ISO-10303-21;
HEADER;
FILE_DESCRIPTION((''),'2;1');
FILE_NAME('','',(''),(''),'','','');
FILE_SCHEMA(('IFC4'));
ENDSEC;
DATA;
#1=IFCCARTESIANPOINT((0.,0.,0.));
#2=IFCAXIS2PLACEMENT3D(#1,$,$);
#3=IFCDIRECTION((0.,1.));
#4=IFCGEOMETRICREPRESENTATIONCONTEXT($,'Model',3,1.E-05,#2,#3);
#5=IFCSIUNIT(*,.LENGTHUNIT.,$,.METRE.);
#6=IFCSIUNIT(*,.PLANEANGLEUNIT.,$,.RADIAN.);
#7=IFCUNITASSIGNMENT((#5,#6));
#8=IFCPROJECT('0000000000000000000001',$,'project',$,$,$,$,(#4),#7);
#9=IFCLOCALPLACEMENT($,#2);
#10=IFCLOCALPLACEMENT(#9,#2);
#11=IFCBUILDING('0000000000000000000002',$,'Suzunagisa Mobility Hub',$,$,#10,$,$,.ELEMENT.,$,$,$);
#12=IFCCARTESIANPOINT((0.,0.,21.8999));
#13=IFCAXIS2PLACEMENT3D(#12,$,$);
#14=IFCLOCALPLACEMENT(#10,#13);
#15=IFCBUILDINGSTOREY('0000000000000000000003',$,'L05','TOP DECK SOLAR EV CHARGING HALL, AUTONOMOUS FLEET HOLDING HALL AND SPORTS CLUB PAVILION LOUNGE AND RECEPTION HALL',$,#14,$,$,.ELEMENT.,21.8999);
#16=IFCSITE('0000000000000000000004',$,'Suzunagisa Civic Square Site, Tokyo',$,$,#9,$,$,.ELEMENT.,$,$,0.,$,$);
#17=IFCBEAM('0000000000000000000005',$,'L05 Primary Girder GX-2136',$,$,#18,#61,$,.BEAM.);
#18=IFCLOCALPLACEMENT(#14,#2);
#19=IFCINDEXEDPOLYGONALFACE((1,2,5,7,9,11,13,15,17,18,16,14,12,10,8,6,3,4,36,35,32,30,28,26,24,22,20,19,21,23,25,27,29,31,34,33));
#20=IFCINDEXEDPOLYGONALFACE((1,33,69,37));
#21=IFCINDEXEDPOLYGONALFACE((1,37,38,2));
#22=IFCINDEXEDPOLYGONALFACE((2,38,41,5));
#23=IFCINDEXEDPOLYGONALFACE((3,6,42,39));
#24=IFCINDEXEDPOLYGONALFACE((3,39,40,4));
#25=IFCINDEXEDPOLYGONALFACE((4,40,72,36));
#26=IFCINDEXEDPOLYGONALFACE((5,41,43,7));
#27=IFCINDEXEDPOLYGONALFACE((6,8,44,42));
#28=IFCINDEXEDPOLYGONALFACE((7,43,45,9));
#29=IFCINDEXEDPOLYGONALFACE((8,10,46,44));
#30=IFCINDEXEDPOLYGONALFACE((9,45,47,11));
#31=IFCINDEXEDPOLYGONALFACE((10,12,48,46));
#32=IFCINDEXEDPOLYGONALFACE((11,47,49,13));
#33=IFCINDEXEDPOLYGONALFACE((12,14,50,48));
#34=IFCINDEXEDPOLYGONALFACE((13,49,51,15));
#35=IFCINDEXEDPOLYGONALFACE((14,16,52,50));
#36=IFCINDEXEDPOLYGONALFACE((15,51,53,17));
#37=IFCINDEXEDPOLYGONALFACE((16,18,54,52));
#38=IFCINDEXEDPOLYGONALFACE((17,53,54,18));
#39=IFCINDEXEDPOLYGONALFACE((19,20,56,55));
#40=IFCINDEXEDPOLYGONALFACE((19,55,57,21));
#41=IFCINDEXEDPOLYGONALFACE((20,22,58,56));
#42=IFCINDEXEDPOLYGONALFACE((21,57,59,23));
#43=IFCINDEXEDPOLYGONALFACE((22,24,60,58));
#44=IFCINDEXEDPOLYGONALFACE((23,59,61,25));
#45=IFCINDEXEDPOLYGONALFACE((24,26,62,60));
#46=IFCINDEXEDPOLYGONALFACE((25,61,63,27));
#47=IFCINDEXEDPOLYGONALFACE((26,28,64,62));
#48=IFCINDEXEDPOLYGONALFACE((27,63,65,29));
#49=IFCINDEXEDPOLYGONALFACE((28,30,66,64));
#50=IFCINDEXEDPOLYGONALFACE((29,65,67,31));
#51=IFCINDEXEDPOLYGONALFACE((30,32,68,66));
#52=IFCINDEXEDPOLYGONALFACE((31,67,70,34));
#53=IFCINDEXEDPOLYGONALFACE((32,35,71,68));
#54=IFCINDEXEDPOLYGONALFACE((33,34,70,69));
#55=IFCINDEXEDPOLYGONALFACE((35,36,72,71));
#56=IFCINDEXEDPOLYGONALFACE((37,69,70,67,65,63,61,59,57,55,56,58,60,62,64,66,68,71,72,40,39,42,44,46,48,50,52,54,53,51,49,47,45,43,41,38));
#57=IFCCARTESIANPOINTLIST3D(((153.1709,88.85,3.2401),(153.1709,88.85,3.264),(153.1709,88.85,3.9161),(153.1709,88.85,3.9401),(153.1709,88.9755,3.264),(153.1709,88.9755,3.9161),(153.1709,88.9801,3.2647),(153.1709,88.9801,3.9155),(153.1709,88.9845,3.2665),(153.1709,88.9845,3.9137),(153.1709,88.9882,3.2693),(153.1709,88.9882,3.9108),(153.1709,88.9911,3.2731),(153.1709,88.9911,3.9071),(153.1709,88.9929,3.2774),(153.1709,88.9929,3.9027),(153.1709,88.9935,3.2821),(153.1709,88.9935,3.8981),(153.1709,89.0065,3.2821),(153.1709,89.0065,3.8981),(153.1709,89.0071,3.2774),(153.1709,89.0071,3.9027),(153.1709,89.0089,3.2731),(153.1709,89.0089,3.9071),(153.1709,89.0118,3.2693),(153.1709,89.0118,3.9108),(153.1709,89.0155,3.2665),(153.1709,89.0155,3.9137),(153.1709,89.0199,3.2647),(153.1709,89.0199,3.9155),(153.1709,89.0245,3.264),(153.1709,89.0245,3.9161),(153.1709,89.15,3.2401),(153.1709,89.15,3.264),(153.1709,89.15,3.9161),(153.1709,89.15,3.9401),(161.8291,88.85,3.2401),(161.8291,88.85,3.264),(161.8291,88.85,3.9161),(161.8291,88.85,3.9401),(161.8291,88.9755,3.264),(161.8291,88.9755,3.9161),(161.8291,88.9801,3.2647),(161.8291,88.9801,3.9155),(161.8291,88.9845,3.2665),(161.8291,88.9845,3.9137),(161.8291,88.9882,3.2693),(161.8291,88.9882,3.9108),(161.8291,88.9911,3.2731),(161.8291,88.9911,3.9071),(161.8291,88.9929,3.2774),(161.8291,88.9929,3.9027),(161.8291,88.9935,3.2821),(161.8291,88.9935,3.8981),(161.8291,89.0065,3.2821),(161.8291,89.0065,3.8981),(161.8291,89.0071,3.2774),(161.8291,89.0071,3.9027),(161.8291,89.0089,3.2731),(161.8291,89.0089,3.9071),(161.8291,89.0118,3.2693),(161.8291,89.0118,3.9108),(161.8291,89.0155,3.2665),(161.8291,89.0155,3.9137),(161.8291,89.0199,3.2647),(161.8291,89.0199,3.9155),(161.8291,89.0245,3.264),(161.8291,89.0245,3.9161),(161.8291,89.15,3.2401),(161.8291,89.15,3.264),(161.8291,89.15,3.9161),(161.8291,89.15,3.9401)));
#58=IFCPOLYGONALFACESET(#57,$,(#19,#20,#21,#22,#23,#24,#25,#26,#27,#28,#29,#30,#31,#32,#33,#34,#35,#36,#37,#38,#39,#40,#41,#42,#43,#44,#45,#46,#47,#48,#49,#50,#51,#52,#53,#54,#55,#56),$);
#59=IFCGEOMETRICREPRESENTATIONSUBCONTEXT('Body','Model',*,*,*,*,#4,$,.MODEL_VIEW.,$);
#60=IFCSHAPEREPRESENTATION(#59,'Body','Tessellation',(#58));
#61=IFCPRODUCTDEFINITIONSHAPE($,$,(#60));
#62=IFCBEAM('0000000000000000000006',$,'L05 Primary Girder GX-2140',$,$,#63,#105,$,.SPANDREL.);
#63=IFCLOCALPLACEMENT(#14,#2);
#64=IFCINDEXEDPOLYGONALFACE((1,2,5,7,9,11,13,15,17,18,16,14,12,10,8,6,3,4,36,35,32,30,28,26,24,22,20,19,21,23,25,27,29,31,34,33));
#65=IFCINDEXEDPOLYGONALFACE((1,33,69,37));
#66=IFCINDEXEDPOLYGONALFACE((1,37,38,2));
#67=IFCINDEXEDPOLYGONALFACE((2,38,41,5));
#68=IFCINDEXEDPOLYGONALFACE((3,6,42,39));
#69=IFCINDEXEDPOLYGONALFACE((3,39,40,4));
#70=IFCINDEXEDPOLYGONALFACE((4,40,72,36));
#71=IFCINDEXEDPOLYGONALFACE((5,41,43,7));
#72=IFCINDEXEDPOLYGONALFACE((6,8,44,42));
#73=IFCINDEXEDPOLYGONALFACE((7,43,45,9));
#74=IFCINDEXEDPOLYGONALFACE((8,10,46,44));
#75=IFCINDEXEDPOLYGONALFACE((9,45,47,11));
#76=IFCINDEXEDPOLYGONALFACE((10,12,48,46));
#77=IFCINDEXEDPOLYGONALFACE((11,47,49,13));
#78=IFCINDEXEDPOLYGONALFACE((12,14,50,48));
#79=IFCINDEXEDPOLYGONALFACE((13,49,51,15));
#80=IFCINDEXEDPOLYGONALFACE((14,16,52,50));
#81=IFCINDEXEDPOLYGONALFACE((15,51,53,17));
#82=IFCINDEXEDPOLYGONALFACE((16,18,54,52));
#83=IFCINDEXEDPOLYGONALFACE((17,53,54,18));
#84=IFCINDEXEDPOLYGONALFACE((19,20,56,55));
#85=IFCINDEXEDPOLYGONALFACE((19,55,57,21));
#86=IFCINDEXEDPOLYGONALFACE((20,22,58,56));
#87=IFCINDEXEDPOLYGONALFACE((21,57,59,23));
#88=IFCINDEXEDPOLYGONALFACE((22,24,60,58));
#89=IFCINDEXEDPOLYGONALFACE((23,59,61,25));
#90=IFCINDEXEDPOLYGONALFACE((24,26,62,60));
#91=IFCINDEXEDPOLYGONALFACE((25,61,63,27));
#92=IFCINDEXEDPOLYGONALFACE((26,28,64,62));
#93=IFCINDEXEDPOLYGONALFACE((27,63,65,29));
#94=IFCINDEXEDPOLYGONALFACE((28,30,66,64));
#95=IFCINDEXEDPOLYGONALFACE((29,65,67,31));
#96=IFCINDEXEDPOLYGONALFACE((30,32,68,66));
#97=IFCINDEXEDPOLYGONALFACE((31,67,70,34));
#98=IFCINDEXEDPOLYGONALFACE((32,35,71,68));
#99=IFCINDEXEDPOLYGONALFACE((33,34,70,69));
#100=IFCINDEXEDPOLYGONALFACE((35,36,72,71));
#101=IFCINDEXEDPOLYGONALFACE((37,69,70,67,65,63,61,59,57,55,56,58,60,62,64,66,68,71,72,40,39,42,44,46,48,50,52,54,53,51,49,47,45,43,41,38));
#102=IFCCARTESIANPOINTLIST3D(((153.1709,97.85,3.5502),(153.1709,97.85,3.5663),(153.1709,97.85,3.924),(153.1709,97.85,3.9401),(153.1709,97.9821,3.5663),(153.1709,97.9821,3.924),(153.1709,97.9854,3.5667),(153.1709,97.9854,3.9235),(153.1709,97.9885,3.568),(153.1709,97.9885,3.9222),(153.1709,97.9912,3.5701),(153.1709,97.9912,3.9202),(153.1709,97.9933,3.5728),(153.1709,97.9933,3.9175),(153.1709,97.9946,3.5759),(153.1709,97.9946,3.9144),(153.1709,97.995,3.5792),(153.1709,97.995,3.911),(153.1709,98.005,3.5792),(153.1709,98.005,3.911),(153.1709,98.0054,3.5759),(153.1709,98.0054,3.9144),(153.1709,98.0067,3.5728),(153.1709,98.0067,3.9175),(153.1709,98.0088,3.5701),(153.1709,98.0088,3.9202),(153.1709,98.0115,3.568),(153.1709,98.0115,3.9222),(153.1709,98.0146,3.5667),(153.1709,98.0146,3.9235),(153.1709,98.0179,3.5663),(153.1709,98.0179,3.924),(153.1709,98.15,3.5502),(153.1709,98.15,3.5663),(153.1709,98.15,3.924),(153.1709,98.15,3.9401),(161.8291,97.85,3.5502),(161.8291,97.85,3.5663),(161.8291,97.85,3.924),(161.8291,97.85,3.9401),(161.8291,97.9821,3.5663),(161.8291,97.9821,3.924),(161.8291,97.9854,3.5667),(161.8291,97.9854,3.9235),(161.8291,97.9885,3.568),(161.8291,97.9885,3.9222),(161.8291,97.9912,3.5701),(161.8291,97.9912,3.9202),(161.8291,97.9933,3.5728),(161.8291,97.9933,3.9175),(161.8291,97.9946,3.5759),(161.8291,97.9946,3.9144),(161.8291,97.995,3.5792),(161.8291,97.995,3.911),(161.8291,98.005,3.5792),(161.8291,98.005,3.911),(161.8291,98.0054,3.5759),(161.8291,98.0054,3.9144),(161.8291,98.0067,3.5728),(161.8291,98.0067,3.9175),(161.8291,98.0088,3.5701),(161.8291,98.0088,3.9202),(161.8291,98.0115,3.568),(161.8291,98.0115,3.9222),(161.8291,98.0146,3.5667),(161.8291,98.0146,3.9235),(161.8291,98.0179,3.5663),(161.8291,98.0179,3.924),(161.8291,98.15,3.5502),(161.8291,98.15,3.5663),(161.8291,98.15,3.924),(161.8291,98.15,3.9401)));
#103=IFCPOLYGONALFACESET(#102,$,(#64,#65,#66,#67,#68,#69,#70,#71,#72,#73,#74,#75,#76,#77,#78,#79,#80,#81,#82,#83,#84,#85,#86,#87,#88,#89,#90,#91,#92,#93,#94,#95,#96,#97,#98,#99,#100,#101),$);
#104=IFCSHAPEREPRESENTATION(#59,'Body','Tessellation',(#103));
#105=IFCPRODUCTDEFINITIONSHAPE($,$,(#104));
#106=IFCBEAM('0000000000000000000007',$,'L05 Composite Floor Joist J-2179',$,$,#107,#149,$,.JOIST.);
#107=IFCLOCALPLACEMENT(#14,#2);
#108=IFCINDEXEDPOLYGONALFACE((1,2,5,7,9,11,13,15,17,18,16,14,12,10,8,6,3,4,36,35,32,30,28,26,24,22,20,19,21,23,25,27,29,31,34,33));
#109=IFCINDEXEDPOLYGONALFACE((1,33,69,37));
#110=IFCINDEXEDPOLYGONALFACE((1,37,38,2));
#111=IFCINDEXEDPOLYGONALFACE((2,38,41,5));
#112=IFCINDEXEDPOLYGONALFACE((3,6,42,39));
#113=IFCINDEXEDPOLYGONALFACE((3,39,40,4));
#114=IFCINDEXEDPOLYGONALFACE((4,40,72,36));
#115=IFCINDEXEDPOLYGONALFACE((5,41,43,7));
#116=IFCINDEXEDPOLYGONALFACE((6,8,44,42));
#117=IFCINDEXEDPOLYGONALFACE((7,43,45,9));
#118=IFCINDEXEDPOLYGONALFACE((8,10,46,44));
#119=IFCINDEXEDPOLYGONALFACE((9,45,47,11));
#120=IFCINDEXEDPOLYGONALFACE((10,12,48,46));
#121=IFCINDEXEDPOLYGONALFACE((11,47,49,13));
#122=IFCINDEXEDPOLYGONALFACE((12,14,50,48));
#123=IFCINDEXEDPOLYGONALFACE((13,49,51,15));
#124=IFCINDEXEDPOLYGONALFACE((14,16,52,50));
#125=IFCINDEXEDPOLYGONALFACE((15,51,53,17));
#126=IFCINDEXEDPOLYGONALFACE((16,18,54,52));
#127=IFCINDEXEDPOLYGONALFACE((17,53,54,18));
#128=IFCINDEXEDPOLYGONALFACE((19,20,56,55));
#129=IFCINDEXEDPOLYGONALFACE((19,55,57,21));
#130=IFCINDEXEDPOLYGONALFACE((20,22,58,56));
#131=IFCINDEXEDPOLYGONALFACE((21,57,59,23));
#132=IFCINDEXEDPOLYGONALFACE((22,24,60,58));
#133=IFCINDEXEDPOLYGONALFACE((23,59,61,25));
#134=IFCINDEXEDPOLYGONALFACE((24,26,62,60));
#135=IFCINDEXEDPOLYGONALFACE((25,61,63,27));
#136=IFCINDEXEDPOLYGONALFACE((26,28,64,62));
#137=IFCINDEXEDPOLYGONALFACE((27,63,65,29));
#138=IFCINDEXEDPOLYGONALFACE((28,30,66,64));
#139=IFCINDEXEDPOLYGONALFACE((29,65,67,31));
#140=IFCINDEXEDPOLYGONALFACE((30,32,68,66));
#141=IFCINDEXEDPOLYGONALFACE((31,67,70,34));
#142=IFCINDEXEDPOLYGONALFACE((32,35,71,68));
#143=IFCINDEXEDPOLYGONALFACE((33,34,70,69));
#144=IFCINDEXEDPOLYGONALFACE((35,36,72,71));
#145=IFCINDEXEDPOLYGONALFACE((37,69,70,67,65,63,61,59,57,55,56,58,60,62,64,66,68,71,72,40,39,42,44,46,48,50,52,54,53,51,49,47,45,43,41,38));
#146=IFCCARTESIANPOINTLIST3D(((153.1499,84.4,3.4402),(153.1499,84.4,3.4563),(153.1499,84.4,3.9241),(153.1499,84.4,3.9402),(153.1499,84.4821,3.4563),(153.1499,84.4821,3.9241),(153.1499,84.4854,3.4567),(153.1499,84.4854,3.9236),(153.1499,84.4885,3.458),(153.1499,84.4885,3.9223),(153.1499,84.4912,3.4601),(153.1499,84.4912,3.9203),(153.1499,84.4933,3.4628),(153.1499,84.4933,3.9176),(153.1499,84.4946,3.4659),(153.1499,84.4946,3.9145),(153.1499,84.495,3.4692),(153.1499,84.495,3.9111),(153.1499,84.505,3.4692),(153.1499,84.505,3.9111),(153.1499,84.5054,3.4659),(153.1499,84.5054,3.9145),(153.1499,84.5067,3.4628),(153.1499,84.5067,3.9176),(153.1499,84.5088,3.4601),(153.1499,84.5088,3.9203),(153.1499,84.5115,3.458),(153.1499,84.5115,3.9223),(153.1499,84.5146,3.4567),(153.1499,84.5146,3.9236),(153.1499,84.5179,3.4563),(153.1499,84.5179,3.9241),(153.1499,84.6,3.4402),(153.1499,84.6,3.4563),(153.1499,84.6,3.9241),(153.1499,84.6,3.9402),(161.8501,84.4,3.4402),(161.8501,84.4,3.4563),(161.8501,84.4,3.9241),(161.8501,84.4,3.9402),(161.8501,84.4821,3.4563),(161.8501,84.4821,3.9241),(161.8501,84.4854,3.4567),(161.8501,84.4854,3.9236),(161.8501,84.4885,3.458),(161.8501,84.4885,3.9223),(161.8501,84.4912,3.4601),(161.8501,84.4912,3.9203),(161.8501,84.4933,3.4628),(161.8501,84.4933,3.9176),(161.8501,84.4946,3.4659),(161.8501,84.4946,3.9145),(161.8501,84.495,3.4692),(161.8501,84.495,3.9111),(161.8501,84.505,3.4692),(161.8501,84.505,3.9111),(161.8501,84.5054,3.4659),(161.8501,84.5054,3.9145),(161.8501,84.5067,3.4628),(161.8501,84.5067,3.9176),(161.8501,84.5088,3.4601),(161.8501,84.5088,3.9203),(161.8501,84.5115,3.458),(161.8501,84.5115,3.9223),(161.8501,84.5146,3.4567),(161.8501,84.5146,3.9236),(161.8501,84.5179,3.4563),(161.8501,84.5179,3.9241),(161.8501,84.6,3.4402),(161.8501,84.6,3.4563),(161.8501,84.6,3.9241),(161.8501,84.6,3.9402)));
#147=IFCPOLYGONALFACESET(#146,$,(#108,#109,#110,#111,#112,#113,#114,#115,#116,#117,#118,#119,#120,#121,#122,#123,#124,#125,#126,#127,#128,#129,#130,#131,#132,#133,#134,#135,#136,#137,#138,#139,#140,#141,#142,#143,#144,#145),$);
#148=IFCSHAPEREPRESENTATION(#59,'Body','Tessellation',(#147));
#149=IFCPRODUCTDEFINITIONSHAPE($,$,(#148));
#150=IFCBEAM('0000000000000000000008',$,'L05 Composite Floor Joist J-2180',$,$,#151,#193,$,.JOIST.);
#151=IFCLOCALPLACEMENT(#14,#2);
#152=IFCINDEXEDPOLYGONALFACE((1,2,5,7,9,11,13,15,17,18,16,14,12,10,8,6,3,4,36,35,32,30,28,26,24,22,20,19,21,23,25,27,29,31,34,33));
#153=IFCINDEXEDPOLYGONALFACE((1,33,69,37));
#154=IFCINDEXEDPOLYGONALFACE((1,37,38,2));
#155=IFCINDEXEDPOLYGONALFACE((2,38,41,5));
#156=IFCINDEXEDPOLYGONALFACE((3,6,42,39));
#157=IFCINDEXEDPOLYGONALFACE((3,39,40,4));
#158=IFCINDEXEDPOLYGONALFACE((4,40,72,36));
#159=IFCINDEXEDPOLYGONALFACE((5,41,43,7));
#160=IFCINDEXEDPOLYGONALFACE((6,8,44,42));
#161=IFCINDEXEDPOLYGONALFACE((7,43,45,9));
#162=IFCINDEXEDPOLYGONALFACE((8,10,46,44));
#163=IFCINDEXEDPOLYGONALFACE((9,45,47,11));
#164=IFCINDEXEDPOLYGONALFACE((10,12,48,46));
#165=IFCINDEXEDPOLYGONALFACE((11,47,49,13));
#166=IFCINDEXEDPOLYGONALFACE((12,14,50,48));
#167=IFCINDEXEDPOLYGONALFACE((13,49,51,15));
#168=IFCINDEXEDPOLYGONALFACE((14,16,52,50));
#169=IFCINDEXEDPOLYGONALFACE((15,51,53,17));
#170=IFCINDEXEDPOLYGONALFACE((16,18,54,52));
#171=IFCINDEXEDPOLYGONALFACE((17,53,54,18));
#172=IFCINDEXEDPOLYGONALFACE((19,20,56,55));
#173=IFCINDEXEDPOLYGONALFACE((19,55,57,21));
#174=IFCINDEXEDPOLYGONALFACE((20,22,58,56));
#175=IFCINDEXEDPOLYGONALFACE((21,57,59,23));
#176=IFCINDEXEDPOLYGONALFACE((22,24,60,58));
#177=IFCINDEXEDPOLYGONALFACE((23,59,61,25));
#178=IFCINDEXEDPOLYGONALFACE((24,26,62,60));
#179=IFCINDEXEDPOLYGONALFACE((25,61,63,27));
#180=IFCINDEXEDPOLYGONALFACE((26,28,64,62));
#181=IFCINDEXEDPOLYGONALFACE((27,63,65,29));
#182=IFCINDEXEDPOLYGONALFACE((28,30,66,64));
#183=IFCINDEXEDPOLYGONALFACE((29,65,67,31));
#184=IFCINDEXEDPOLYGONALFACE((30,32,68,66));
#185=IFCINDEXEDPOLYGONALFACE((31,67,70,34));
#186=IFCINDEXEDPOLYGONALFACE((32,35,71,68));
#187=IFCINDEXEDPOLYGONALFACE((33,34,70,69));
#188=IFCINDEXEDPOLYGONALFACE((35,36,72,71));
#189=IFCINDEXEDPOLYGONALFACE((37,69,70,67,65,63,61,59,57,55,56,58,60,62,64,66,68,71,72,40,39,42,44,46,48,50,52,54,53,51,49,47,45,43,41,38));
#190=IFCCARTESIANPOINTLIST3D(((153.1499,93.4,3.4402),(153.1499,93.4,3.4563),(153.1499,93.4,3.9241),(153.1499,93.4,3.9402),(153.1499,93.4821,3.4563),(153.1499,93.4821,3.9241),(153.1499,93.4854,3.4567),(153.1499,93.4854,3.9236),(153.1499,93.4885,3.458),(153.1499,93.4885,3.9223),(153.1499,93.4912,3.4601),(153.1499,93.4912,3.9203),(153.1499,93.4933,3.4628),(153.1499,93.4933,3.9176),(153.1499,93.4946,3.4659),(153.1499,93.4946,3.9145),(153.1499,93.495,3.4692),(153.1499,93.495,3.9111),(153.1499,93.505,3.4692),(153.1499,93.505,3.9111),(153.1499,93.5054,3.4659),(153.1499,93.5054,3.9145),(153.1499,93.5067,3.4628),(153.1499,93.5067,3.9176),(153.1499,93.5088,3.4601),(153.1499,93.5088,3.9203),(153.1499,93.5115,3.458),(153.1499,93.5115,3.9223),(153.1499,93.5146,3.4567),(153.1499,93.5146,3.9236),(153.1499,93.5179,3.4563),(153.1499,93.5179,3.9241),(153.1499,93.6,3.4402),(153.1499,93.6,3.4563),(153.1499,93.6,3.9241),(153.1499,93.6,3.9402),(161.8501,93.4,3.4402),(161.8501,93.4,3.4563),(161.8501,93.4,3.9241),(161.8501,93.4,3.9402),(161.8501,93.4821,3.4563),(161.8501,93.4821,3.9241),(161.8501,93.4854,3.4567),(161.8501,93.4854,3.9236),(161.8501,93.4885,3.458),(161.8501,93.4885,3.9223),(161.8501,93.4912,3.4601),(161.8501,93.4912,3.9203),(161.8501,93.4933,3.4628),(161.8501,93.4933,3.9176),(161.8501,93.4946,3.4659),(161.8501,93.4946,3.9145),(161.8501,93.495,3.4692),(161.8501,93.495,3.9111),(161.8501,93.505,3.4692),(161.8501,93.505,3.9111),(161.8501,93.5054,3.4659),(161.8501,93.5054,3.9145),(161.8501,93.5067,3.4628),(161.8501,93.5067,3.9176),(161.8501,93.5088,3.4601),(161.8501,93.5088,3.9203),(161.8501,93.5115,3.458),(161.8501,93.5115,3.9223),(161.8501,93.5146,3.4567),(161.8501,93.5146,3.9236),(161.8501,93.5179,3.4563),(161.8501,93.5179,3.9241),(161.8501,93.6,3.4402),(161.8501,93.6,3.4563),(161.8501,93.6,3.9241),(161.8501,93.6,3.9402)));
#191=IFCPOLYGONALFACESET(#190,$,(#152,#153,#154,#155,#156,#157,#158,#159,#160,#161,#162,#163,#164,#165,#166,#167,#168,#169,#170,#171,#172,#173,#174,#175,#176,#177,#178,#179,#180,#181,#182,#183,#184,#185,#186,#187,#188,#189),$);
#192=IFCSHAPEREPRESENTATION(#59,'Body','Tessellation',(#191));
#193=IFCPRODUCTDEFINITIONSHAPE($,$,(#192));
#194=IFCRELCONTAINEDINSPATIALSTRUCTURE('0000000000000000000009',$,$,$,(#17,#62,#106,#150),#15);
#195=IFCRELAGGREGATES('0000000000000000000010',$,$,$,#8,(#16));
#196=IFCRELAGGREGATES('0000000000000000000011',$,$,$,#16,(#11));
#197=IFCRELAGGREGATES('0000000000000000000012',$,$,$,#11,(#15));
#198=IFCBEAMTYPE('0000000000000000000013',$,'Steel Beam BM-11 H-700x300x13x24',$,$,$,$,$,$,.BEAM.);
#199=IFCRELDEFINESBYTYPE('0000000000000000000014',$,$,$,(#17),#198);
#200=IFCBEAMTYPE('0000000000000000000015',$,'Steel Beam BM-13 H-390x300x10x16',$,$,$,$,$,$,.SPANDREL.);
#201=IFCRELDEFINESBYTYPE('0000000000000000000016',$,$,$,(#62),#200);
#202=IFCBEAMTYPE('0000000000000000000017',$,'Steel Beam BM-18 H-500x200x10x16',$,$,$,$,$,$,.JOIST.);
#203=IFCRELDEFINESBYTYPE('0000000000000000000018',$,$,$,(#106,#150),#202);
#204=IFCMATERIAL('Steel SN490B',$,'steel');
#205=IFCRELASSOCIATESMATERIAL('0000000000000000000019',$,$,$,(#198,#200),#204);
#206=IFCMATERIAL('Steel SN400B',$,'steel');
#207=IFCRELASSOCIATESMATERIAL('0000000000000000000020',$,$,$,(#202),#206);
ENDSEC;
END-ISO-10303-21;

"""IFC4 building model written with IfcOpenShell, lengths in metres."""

from ifc_helpers import new_model, si_unit, direction, frame, origin, origin_2d, place, context, subcontext, project, spatial, i_section, extrude, material, material_profile, profile_set, type_object, element, save


model = new_model("IFC4")

# Units and contexts
model_context = context("Model", 3, precision=1e-05, world=origin(), true_north=direction((0.0, 1.0)))
body_context = subcontext(model_context, "Body", "Model", "MODEL_VIEW")
ifc_project = project(units=[si_unit("LENGTHUNIT", "METRE"), si_unit("PLANEANGLEUNIT", "RADIAN")], contexts=[model_context])

# Site, building, storey
site_placement = place(None, origin())
site = spatial("IfcSite", under=ifc_project, at=site_placement, Name="Suzunagisa Civic Square Site, Tokyo", CompositionType="ELEMENT", RefElevation=0.0)
building_placement = place(site_placement, origin())
building = spatial("IfcBuilding", under=site, at=building_placement, Name="Suzunagisa Mobility Hub", CompositionType="ELEMENT")
storey_placement = place(building_placement, frame((0.0, 0.0, 21.8999)))
storey = spatial("IfcBuildingStorey", under=building, at=storey_placement, Name="L05", Description="TOP DECK SOLAR EV CHARGING HALL, AUTONOMOUS FLEET HOLDING HALL AND SPORTS CLUB PAVILION LOUNGE AND RECEPTION HALL", CompositionType="ELEMENT", Elevation=21.8999)

# Shared definitions
ifc_material_1 = material(Name="Steel SN490B", Category="steel")

# Beams
ifc_material_profile_1 = material_profile(ifc_material_1, i_section(OverallWidth=0.3, OverallDepth=0.7, WebThickness=0.0129, FlangeThickness=0.0239, FilletRadius=0.0181, at=origin_2d()), Name="H-700x300x13x24")
ifc_profile_set_1 = profile_set([ifc_material_profile_1], Name="Steel SN490B")
beam_type_1 = type_object("IfcBeamType", Name="Steel Beam BM-11 H-700x300x13x24", PredefinedType="BEAM", material=ifc_profile_set_1)
beam_1_placement = place(storey_placement, frame((153.1709, 89.0, 3.5901), z_axis=(1.0, 0.0, 0.0), x_axis=(0.0, 1.0, 0.0)))
element("IfcBeam", 1, at=beam_1_placement, inside=storey, type_object=beam_type_1, Name="L05 Primary Girder GX-2136", PredefinedType="BEAM", context=body_context, shape_type="SweptSolid", body=[
    extrude(i_section(OverallWidth=0.3, OverallDepth=0.7, WebThickness=0.0129, FlangeThickness=0.0239, FilletRadius=0.0181, at=origin_2d()), origin(), (0.0, 0.0, 1.0), 8.6582),
])
ifc_material_profile_2 = material_profile(ifc_material_1, i_section(OverallWidth=0.3, OverallDepth=0.3899, WebThickness=0.01, FlangeThickness=0.0161, FilletRadius=0.0129, at=origin_2d()), Name="H-390x300x10x16")
ifc_profile_set_2 = profile_set([ifc_material_profile_2], Name="Steel SN490B")
beam_type_2 = type_object("IfcBeamType", Name="Steel Beam BM-13 H-390x300x10x16", PredefinedType="SPANDREL", material=ifc_profile_set_2)
beam_2_placement = place(storey_placement, frame((153.1709, 98.0, 3.7451), z_axis=(1.0, 0.0, 0.0), x_axis=(0.0, 1.0, 0.0)))
element("IfcBeam", 2, at=beam_2_placement, inside=storey, type_object=beam_type_2, Name="L05 Primary Girder GX-2140", PredefinedType="SPANDREL", context=body_context, shape_type="SweptSolid", body=[
    extrude(i_section(OverallWidth=0.3, OverallDepth=0.3899, WebThickness=0.01, FlangeThickness=0.0161, FilletRadius=0.0129, at=origin_2d()), origin(), (0.0, 0.0, 1.0), 8.6582),
])
ifc_material_2 = material(Name="Steel SN400B", Category="steel")
ifc_material_profile_3 = material_profile(ifc_material_2, i_section(OverallWidth=0.2, OverallDepth=0.5, WebThickness=0.01, FlangeThickness=0.0161, FilletRadius=0.0129, at=origin_2d()), Name="H-500x200x10x16")
ifc_profile_set_3 = profile_set([ifc_material_profile_3], Name="Steel SN400B")
beam_type_3 = type_object("IfcBeamType", Name="Steel Beam BM-18 H-500x200x10x16", PredefinedType="JOIST", material=ifc_profile_set_3)
for number, where, z_axis, x_axis, name in (
    (3, (153.1499, 84.5, 3.6902), (1.0, 0.0, 0.0), (0.0, 1.0, 0.0), "L05 Composite Floor Joist J-2179"),
    (4, (153.1499, 93.5, 3.6902), (1.0, 0.0, 0.0), (0.0, 1.0, 0.0), "L05 Composite Floor Joist J-2180"),
):
    element("IfcBeam", number, at=place(storey_placement, frame(where, z_axis=z_axis, x_axis=x_axis)), inside=storey, type_object=beam_type_3, Name=name, PredefinedType="JOIST", context=body_context, shape_type="SweptSolid", body=[
        extrude(i_section(OverallWidth=0.2, OverallDepth=0.5, WebThickness=0.01, FlangeThickness=0.0161, FilletRadius=0.0129, at=origin_2d()), origin(), (0.0, 0.0, 1.0), 8.7002),
    ])

save(model, "model.ifc")
